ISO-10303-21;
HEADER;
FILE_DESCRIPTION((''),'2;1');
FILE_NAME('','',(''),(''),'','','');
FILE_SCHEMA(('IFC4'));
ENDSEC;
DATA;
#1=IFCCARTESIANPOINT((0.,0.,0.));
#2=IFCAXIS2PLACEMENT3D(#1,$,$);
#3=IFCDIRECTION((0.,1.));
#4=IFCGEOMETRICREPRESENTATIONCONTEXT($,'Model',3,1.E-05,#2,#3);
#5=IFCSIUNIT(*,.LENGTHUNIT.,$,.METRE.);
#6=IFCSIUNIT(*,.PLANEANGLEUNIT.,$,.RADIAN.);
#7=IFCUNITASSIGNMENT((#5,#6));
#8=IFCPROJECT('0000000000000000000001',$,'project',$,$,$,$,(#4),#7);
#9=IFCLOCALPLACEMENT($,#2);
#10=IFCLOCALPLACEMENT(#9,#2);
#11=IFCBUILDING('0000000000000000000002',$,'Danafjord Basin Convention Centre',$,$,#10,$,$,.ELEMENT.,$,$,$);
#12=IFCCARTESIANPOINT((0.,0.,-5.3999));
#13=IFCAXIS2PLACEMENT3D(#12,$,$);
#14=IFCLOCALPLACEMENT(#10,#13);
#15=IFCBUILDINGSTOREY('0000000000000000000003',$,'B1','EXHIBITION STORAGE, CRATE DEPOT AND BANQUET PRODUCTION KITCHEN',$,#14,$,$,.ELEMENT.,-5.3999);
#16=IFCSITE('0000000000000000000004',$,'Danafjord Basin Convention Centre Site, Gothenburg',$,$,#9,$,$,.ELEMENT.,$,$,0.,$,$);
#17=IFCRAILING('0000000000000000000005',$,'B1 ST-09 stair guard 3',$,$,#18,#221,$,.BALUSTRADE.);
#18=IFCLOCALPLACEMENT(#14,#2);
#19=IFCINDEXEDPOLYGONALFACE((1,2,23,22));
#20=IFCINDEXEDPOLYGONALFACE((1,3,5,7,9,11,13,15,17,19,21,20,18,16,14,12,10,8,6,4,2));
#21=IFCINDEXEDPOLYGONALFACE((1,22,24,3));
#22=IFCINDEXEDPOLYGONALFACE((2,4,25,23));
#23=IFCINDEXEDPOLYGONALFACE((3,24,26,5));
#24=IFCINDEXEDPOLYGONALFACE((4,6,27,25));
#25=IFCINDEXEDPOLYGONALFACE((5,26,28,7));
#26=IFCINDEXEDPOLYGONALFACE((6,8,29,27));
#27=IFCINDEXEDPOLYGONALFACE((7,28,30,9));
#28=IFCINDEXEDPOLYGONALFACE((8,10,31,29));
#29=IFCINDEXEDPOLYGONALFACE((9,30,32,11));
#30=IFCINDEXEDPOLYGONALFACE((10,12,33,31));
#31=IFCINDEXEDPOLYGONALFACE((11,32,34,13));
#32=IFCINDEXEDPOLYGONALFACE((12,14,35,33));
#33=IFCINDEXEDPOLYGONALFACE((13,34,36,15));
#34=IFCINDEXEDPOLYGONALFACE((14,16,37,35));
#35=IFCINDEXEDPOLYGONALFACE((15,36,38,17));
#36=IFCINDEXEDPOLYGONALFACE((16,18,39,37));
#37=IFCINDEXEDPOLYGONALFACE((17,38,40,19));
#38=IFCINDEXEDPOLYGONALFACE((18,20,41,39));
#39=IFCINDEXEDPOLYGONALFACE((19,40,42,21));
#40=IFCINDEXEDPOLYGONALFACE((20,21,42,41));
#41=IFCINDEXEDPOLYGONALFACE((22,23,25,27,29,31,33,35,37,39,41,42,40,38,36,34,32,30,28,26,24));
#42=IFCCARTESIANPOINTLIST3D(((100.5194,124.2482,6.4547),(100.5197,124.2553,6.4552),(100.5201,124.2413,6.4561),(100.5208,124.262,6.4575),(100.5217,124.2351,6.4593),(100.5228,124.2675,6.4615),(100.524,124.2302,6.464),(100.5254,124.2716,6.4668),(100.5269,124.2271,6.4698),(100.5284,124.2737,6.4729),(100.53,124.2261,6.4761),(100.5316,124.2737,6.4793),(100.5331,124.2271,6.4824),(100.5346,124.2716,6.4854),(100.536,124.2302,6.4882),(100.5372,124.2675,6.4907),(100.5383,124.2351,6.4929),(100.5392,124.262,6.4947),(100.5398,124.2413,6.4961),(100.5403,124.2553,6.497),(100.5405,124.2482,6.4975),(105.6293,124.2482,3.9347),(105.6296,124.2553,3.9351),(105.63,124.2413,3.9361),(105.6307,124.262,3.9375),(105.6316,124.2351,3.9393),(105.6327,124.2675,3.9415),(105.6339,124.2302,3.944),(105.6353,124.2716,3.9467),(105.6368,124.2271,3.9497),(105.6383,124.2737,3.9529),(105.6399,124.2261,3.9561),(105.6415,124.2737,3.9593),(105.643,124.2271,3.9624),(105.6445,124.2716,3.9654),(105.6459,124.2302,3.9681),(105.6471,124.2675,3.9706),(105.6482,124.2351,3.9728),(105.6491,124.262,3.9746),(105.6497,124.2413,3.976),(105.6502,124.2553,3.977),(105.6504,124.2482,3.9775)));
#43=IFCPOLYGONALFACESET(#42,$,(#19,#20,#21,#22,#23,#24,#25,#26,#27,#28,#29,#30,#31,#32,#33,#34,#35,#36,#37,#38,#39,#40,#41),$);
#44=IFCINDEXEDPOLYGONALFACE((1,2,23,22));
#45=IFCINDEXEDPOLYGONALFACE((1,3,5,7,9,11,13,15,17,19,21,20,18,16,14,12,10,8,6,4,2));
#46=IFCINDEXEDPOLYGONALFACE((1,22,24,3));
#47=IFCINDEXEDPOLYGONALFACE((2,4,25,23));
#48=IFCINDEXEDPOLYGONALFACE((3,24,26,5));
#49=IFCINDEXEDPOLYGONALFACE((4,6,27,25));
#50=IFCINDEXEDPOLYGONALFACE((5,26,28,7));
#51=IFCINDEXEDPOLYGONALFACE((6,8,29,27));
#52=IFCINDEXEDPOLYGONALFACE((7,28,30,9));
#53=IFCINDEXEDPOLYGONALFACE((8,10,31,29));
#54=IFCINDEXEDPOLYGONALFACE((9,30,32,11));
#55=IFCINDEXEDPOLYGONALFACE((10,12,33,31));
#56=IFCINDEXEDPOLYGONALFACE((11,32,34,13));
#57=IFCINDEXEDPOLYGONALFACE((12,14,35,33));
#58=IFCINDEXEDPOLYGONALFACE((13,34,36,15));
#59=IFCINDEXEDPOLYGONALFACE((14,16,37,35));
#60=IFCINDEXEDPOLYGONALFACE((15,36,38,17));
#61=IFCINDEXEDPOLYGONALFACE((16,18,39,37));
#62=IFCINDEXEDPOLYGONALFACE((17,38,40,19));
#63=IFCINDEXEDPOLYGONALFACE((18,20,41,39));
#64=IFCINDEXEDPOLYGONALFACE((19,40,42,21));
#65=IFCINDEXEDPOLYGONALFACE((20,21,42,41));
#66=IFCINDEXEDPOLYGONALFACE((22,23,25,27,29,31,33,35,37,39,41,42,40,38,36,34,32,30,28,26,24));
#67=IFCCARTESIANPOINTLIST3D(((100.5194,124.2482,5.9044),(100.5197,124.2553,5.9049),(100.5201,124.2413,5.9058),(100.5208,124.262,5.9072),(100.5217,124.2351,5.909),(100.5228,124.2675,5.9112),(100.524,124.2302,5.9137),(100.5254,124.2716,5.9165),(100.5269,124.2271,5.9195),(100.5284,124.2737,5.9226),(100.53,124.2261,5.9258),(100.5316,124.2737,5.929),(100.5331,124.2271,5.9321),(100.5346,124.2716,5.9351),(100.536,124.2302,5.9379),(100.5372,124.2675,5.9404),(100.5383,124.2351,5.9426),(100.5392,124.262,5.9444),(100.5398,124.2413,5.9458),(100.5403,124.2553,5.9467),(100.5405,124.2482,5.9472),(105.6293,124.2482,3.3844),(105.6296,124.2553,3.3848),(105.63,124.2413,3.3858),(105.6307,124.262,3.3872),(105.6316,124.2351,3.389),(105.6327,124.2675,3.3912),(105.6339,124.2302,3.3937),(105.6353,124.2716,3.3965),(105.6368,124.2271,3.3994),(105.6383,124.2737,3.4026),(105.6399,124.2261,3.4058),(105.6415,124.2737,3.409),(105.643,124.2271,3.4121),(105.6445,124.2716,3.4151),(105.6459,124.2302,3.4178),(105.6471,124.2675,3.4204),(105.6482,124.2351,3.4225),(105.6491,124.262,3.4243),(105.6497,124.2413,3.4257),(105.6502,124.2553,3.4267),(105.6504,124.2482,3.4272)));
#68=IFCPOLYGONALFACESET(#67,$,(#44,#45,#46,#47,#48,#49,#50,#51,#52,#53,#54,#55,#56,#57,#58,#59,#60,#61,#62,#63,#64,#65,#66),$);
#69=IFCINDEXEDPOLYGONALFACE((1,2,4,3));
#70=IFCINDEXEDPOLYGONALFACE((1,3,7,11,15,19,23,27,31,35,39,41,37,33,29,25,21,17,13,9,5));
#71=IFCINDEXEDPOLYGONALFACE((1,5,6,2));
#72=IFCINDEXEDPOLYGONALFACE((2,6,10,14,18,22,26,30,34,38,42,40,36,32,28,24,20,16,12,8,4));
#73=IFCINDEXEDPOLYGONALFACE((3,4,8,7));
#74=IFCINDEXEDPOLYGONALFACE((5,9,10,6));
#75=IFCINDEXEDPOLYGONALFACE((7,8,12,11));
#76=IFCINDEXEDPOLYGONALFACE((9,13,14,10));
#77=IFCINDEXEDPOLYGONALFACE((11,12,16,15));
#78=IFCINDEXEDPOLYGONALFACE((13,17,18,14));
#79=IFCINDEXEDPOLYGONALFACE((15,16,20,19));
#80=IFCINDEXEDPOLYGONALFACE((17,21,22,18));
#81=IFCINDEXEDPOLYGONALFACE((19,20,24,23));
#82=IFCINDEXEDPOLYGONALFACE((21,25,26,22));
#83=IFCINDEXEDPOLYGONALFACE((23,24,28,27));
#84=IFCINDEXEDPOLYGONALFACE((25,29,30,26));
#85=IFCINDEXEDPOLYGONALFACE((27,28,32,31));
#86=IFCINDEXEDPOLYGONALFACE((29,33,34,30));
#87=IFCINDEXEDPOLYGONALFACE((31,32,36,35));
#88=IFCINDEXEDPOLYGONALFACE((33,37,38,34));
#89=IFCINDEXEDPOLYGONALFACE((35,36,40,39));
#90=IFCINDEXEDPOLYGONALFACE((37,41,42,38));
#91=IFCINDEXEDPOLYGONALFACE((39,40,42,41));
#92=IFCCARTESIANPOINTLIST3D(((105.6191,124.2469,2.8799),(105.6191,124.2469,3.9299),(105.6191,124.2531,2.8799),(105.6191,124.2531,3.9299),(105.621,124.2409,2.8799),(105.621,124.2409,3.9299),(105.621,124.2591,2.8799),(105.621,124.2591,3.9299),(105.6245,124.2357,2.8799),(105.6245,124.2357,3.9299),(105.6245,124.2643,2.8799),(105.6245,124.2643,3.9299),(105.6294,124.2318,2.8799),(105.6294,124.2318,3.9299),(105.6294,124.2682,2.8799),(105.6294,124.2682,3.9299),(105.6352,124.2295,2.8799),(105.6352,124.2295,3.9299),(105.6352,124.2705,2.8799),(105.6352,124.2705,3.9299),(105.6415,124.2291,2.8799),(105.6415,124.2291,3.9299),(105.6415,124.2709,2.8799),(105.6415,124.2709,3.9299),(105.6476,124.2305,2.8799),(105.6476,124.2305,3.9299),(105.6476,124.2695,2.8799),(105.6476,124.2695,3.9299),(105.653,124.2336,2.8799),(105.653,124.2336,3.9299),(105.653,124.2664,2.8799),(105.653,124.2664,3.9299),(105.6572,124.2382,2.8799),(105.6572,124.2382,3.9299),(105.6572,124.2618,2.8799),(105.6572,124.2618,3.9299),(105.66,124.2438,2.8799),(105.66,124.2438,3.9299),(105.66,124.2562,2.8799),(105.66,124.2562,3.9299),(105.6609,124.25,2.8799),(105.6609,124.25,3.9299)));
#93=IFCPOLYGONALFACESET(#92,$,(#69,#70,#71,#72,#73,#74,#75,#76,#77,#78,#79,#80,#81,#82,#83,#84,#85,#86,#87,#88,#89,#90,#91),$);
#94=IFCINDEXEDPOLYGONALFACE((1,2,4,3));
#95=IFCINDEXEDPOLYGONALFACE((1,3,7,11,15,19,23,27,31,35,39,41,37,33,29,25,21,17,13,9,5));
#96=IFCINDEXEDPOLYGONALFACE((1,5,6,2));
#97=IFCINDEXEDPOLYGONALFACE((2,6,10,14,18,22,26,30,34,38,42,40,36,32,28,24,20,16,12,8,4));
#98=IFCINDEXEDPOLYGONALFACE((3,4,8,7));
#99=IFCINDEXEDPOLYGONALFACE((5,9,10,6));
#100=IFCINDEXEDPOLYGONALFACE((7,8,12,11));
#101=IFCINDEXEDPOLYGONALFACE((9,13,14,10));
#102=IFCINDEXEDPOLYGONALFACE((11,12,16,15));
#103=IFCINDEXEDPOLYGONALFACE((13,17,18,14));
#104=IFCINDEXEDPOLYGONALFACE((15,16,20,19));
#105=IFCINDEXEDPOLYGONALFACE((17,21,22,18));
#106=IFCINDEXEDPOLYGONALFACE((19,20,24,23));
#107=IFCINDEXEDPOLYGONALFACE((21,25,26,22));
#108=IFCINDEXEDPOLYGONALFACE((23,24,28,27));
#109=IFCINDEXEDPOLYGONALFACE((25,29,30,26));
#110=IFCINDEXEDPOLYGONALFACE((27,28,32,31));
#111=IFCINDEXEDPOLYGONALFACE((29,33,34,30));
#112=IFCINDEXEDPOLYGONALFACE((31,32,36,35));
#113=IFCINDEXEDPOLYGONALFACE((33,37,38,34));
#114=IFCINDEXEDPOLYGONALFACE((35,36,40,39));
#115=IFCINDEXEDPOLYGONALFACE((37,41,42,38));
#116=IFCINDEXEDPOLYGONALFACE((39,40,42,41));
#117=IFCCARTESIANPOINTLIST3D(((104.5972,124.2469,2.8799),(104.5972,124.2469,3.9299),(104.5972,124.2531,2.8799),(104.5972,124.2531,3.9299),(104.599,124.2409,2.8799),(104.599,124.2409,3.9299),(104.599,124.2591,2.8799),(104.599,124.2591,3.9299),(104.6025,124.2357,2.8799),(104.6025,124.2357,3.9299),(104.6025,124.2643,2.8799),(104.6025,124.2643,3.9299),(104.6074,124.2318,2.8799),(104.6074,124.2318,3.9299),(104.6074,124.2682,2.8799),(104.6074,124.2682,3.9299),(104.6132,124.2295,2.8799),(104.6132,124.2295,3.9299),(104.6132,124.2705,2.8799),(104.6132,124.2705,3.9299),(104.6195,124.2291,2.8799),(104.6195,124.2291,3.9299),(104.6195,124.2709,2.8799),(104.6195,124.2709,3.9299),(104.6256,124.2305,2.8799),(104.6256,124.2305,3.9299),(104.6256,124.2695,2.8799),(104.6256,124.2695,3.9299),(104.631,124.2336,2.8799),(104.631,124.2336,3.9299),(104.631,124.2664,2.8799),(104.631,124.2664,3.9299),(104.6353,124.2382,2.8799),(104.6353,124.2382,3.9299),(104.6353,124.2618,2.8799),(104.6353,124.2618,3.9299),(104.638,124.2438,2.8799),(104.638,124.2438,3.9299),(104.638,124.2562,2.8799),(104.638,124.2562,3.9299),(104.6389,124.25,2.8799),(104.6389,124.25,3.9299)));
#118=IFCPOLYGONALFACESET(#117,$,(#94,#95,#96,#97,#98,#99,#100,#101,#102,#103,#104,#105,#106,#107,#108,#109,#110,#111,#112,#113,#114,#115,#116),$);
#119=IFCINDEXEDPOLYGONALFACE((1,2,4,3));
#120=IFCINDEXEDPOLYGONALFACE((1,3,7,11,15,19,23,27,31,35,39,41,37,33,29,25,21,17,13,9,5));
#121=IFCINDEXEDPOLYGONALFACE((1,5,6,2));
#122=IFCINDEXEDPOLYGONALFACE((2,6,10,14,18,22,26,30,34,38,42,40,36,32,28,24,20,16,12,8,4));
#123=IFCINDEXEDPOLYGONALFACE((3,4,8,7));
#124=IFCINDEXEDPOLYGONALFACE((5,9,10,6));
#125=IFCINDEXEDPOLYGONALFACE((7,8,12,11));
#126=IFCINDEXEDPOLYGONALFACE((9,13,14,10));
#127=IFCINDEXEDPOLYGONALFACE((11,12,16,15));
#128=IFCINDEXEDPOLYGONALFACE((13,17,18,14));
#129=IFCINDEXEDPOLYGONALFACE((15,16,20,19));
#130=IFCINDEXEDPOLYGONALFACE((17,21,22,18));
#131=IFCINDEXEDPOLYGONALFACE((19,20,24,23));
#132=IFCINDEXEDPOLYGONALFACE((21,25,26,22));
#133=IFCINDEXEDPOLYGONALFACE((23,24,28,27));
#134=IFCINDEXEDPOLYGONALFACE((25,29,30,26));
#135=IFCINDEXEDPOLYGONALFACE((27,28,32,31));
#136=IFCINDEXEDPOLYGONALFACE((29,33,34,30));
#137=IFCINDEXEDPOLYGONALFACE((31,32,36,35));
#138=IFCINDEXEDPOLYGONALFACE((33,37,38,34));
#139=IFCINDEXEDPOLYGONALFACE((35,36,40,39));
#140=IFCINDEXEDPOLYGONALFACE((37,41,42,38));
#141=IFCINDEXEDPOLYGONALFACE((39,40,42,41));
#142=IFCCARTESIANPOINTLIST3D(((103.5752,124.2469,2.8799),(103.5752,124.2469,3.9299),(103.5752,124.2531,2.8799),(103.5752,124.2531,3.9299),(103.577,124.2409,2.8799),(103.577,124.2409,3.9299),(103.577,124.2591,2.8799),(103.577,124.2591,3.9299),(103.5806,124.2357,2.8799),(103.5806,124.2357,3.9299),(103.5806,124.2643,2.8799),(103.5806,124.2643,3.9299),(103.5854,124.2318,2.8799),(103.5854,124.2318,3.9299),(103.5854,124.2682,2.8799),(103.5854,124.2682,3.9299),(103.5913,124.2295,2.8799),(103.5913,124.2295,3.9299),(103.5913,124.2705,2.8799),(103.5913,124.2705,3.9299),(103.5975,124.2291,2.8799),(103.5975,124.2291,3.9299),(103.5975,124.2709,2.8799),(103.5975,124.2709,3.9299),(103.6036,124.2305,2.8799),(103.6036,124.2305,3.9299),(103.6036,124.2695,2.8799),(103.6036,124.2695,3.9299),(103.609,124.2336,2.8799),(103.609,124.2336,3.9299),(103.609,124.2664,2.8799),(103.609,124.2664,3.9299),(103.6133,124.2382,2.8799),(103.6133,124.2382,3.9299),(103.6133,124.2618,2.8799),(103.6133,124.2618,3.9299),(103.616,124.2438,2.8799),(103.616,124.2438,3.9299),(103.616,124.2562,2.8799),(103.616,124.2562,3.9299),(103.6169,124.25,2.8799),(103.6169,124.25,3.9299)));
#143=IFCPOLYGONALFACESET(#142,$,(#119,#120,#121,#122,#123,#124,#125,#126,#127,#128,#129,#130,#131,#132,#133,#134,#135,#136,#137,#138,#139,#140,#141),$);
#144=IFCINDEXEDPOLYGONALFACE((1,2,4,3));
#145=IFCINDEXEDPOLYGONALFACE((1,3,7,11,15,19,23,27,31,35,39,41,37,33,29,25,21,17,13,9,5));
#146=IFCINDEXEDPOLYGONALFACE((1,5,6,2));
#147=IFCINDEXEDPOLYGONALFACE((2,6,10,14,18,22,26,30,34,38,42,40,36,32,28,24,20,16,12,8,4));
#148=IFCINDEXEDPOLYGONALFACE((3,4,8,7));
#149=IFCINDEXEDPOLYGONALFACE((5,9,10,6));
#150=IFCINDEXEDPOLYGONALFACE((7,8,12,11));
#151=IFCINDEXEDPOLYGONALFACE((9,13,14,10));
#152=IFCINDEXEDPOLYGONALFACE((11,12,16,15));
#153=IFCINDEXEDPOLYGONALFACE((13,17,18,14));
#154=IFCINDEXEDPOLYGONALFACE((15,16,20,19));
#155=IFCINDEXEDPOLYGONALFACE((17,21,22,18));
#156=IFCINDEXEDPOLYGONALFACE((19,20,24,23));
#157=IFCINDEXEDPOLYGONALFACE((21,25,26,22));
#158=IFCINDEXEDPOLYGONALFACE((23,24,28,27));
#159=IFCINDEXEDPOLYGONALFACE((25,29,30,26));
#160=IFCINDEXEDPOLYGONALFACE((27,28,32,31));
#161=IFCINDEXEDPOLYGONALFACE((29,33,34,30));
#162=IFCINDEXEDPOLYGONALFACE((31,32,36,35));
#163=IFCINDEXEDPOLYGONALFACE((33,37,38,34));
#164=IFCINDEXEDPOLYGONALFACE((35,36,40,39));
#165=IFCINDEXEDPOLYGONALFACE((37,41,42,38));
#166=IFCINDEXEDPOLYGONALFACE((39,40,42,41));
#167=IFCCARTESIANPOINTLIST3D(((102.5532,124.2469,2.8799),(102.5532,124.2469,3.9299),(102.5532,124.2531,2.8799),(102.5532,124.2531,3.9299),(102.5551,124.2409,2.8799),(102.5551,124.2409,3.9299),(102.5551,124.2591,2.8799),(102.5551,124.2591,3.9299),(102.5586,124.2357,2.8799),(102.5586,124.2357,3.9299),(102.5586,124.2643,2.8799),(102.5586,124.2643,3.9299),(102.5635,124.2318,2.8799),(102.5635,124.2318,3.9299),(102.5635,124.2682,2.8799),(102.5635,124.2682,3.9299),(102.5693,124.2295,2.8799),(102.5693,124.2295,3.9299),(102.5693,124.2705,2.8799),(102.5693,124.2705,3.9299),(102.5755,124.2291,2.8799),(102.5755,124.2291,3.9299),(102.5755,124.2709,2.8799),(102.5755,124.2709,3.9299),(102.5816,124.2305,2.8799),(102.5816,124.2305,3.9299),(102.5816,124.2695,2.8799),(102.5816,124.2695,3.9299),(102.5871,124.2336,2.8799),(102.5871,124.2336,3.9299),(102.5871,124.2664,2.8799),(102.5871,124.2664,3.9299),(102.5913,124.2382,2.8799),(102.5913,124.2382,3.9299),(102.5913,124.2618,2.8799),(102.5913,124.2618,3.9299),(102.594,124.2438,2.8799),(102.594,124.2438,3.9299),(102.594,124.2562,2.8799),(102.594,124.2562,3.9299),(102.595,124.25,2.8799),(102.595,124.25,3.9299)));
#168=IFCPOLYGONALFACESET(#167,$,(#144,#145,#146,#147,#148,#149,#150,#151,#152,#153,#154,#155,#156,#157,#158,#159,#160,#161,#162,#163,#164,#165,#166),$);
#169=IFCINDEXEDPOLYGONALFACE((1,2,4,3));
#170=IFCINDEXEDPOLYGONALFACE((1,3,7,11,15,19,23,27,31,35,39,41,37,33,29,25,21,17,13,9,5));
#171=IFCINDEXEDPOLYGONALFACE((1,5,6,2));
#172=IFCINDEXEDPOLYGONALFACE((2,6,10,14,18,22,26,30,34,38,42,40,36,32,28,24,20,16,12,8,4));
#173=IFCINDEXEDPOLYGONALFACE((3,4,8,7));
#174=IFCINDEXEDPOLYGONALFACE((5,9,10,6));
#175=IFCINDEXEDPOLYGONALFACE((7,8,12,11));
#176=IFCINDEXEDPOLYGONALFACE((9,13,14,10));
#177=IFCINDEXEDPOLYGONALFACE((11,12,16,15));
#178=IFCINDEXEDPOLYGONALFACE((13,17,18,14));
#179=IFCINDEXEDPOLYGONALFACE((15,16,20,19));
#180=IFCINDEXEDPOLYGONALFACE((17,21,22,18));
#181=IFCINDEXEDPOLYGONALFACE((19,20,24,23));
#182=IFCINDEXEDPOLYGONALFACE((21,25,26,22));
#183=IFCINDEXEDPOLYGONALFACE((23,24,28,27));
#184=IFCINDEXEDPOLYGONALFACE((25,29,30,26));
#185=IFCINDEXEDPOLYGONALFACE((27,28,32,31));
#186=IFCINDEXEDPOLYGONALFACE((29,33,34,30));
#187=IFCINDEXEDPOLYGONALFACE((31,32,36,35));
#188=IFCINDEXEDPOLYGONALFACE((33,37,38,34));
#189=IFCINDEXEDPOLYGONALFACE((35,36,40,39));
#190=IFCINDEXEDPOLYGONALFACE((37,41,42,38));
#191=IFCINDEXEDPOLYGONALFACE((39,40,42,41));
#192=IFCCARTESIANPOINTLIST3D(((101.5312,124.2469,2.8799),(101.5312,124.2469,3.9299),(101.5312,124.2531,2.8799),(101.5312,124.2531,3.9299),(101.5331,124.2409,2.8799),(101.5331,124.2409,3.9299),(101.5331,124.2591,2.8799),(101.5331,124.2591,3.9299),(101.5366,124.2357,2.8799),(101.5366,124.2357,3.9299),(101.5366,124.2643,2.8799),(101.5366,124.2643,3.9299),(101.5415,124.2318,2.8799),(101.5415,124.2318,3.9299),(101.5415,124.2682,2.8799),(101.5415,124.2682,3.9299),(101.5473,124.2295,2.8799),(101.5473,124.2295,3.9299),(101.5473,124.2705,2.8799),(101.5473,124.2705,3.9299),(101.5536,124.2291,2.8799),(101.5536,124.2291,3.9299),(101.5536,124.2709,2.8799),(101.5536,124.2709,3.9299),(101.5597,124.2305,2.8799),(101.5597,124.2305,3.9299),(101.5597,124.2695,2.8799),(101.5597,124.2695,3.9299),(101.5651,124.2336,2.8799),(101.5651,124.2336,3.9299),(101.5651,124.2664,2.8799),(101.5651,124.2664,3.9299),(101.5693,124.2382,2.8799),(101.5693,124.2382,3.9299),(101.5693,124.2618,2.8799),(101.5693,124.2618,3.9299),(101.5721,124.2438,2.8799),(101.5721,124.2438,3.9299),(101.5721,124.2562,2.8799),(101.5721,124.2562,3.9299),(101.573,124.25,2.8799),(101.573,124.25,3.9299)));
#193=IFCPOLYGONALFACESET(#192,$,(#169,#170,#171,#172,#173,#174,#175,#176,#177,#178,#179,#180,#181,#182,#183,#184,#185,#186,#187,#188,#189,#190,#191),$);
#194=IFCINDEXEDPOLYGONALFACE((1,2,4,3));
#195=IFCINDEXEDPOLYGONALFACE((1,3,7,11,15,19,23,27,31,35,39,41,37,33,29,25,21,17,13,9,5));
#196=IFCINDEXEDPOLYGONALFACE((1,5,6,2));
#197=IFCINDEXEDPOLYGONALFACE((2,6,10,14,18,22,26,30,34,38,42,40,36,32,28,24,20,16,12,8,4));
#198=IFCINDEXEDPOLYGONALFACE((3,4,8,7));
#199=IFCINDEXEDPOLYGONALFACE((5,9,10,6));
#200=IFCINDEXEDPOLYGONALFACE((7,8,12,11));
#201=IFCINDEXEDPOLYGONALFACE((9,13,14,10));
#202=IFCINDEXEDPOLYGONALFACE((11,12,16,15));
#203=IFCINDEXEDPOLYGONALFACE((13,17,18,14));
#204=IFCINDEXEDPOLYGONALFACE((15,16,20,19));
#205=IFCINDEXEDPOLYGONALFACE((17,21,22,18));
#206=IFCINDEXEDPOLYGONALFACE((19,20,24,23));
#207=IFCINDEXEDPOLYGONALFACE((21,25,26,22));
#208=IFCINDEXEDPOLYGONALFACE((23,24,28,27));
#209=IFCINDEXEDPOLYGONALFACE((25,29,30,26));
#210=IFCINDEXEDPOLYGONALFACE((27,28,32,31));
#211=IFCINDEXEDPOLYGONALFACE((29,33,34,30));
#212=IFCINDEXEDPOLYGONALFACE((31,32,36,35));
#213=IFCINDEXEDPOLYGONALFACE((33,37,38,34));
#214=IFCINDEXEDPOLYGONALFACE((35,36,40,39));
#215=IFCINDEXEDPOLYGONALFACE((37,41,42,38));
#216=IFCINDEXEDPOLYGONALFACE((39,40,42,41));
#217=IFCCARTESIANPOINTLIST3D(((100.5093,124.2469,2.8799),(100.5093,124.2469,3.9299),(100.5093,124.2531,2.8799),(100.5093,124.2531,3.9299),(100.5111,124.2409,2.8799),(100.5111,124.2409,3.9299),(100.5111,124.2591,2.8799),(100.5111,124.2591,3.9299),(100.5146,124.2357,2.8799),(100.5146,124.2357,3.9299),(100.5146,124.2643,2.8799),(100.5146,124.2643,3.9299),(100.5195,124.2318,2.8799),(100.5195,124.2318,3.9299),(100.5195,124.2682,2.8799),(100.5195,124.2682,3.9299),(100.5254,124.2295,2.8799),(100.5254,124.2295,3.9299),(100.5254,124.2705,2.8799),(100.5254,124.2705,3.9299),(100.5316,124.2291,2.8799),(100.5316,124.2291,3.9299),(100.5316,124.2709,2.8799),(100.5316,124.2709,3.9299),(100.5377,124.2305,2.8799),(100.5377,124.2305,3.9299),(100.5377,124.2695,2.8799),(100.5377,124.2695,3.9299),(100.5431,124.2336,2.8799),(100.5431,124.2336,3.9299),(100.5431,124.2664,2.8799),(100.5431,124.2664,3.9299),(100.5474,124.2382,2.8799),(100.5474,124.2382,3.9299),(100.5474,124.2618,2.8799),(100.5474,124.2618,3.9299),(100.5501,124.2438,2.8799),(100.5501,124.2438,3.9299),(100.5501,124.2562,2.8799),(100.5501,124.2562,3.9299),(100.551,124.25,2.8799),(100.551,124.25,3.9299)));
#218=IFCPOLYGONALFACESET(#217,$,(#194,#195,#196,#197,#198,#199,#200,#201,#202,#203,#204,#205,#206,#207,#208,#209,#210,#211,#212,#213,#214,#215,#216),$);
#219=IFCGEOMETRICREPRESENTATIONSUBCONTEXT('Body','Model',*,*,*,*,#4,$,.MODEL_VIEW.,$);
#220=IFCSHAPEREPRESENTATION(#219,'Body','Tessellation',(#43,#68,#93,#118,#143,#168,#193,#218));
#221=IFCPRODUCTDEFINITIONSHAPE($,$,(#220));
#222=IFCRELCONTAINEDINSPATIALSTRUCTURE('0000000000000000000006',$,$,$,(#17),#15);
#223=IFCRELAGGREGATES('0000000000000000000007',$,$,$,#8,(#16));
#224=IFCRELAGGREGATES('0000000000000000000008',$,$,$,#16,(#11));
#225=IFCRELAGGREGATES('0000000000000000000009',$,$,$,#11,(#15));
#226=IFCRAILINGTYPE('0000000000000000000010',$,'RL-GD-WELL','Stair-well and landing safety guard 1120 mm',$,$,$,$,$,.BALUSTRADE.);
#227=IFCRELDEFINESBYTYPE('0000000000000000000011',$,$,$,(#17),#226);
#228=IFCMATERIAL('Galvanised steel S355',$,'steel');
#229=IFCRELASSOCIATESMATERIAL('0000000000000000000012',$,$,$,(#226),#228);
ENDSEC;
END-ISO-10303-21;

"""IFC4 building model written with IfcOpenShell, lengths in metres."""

from ifc_helpers import new_model, si_unit, direction, frame, origin, origin_2d, place, context, subcontext, project, spatial, circle, extrude, material, type_object, element, save


model = new_model("IFC4")

# Units and contexts
model_context = context("Model", 3, precision=1e-05, world=origin(), true_north=direction((0.0, 1.0)))
body_context = subcontext(model_context, "Body", "Model", "MODEL_VIEW")
ifc_project = project(units=[si_unit("LENGTHUNIT", "METRE"), si_unit("PLANEANGLEUNIT", "RADIAN")], contexts=[model_context])

# Site, building, storey
site_placement = place(None, origin())
site = spatial("IfcSite", under=ifc_project, at=site_placement, Name="Danafjord Basin Convention Centre Site, Gothenburg", CompositionType="ELEMENT", RefElevation=0.0)
building_placement = place(site_placement, origin())
building = spatial("IfcBuilding", under=site, at=building_placement, Name="Danafjord Basin Convention Centre", CompositionType="ELEMENT")
storey_placement = place(building_placement, frame((0.0, 0.0, -5.3999)))
storey = spatial("IfcBuildingStorey", under=building, at=storey_placement, Name="B1", Description="EXHIBITION STORAGE, CRATE DEPOT AND BANQUET PRODUCTION KITCHEN", CompositionType="ELEMENT", Elevation=-5.3999)

# Railing
ifc_material_1 = material(Name="Galvanised steel S355", Category="steel")
railing_type_1 = type_object("IfcRailingType", Name="RL-GD-WELL", Description="Stair-well and landing safety guard 1120 mm", PredefinedType="BALUSTRADE", material=ifc_material_1)
railing_1_placement = place(storey_placement, frame((105.6399, 124.25, 2.8799)))
element("IfcRailing", 1, at=railing_1_placement, inside=storey, type_object=railing_type_1, Name="B1 ST-09 stair guard 3", PredefinedType="BALUSTRADE", context=body_context, shape_type="SweptSolid", body=[
    extrude(circle(Radius=0.0239, at=origin_2d()), frame((0.0, 0.0, 1.0762), z_axis=(-0.896865, 0.0, 0.442305), x_axis=(0.0, -1.0, 0.0)), (0.0, 0.0, 1.0), 5.6975),
    extrude(circle(Radius=0.0239, at=origin_2d()), frame((0.0, 0.0, 0.5259), z_axis=(-0.896865, 0.0, 0.442305), x_axis=(0.0, -1.0, 0.0)), (0.0, 0.0, 1.0), 5.6975),
    extrude(circle(Radius=0.021, at=origin_2d()), origin(), (0.0, 0.0, 1.0), 1.05),
    extrude(circle(Radius=0.021, at=origin_2d()), frame((-1.022, 0.0, 0.0)), (0.0, 0.0, 1.0), 1.05),
    extrude(circle(Radius=0.021, at=origin_2d()), frame((-2.0439, 0.0, 0.0)), (0.0, 0.0, 1.0), 1.05),
    extrude(circle(Radius=0.021, at=origin_2d()), frame((-3.0659, 0.0, 0.0)), (0.0, 0.0, 1.0), 1.05),
    extrude(circle(Radius=0.021, at=origin_2d()), frame((-4.0879, 0.0, 0.0)), (0.0, 0.0, 1.0), 1.05),
    extrude(circle(Radius=0.021, at=origin_2d()), frame((-5.1099, 0.0, 0.0)), (0.0, 0.0, 1.0), 1.05),
])

save(model, "model.ifc")
